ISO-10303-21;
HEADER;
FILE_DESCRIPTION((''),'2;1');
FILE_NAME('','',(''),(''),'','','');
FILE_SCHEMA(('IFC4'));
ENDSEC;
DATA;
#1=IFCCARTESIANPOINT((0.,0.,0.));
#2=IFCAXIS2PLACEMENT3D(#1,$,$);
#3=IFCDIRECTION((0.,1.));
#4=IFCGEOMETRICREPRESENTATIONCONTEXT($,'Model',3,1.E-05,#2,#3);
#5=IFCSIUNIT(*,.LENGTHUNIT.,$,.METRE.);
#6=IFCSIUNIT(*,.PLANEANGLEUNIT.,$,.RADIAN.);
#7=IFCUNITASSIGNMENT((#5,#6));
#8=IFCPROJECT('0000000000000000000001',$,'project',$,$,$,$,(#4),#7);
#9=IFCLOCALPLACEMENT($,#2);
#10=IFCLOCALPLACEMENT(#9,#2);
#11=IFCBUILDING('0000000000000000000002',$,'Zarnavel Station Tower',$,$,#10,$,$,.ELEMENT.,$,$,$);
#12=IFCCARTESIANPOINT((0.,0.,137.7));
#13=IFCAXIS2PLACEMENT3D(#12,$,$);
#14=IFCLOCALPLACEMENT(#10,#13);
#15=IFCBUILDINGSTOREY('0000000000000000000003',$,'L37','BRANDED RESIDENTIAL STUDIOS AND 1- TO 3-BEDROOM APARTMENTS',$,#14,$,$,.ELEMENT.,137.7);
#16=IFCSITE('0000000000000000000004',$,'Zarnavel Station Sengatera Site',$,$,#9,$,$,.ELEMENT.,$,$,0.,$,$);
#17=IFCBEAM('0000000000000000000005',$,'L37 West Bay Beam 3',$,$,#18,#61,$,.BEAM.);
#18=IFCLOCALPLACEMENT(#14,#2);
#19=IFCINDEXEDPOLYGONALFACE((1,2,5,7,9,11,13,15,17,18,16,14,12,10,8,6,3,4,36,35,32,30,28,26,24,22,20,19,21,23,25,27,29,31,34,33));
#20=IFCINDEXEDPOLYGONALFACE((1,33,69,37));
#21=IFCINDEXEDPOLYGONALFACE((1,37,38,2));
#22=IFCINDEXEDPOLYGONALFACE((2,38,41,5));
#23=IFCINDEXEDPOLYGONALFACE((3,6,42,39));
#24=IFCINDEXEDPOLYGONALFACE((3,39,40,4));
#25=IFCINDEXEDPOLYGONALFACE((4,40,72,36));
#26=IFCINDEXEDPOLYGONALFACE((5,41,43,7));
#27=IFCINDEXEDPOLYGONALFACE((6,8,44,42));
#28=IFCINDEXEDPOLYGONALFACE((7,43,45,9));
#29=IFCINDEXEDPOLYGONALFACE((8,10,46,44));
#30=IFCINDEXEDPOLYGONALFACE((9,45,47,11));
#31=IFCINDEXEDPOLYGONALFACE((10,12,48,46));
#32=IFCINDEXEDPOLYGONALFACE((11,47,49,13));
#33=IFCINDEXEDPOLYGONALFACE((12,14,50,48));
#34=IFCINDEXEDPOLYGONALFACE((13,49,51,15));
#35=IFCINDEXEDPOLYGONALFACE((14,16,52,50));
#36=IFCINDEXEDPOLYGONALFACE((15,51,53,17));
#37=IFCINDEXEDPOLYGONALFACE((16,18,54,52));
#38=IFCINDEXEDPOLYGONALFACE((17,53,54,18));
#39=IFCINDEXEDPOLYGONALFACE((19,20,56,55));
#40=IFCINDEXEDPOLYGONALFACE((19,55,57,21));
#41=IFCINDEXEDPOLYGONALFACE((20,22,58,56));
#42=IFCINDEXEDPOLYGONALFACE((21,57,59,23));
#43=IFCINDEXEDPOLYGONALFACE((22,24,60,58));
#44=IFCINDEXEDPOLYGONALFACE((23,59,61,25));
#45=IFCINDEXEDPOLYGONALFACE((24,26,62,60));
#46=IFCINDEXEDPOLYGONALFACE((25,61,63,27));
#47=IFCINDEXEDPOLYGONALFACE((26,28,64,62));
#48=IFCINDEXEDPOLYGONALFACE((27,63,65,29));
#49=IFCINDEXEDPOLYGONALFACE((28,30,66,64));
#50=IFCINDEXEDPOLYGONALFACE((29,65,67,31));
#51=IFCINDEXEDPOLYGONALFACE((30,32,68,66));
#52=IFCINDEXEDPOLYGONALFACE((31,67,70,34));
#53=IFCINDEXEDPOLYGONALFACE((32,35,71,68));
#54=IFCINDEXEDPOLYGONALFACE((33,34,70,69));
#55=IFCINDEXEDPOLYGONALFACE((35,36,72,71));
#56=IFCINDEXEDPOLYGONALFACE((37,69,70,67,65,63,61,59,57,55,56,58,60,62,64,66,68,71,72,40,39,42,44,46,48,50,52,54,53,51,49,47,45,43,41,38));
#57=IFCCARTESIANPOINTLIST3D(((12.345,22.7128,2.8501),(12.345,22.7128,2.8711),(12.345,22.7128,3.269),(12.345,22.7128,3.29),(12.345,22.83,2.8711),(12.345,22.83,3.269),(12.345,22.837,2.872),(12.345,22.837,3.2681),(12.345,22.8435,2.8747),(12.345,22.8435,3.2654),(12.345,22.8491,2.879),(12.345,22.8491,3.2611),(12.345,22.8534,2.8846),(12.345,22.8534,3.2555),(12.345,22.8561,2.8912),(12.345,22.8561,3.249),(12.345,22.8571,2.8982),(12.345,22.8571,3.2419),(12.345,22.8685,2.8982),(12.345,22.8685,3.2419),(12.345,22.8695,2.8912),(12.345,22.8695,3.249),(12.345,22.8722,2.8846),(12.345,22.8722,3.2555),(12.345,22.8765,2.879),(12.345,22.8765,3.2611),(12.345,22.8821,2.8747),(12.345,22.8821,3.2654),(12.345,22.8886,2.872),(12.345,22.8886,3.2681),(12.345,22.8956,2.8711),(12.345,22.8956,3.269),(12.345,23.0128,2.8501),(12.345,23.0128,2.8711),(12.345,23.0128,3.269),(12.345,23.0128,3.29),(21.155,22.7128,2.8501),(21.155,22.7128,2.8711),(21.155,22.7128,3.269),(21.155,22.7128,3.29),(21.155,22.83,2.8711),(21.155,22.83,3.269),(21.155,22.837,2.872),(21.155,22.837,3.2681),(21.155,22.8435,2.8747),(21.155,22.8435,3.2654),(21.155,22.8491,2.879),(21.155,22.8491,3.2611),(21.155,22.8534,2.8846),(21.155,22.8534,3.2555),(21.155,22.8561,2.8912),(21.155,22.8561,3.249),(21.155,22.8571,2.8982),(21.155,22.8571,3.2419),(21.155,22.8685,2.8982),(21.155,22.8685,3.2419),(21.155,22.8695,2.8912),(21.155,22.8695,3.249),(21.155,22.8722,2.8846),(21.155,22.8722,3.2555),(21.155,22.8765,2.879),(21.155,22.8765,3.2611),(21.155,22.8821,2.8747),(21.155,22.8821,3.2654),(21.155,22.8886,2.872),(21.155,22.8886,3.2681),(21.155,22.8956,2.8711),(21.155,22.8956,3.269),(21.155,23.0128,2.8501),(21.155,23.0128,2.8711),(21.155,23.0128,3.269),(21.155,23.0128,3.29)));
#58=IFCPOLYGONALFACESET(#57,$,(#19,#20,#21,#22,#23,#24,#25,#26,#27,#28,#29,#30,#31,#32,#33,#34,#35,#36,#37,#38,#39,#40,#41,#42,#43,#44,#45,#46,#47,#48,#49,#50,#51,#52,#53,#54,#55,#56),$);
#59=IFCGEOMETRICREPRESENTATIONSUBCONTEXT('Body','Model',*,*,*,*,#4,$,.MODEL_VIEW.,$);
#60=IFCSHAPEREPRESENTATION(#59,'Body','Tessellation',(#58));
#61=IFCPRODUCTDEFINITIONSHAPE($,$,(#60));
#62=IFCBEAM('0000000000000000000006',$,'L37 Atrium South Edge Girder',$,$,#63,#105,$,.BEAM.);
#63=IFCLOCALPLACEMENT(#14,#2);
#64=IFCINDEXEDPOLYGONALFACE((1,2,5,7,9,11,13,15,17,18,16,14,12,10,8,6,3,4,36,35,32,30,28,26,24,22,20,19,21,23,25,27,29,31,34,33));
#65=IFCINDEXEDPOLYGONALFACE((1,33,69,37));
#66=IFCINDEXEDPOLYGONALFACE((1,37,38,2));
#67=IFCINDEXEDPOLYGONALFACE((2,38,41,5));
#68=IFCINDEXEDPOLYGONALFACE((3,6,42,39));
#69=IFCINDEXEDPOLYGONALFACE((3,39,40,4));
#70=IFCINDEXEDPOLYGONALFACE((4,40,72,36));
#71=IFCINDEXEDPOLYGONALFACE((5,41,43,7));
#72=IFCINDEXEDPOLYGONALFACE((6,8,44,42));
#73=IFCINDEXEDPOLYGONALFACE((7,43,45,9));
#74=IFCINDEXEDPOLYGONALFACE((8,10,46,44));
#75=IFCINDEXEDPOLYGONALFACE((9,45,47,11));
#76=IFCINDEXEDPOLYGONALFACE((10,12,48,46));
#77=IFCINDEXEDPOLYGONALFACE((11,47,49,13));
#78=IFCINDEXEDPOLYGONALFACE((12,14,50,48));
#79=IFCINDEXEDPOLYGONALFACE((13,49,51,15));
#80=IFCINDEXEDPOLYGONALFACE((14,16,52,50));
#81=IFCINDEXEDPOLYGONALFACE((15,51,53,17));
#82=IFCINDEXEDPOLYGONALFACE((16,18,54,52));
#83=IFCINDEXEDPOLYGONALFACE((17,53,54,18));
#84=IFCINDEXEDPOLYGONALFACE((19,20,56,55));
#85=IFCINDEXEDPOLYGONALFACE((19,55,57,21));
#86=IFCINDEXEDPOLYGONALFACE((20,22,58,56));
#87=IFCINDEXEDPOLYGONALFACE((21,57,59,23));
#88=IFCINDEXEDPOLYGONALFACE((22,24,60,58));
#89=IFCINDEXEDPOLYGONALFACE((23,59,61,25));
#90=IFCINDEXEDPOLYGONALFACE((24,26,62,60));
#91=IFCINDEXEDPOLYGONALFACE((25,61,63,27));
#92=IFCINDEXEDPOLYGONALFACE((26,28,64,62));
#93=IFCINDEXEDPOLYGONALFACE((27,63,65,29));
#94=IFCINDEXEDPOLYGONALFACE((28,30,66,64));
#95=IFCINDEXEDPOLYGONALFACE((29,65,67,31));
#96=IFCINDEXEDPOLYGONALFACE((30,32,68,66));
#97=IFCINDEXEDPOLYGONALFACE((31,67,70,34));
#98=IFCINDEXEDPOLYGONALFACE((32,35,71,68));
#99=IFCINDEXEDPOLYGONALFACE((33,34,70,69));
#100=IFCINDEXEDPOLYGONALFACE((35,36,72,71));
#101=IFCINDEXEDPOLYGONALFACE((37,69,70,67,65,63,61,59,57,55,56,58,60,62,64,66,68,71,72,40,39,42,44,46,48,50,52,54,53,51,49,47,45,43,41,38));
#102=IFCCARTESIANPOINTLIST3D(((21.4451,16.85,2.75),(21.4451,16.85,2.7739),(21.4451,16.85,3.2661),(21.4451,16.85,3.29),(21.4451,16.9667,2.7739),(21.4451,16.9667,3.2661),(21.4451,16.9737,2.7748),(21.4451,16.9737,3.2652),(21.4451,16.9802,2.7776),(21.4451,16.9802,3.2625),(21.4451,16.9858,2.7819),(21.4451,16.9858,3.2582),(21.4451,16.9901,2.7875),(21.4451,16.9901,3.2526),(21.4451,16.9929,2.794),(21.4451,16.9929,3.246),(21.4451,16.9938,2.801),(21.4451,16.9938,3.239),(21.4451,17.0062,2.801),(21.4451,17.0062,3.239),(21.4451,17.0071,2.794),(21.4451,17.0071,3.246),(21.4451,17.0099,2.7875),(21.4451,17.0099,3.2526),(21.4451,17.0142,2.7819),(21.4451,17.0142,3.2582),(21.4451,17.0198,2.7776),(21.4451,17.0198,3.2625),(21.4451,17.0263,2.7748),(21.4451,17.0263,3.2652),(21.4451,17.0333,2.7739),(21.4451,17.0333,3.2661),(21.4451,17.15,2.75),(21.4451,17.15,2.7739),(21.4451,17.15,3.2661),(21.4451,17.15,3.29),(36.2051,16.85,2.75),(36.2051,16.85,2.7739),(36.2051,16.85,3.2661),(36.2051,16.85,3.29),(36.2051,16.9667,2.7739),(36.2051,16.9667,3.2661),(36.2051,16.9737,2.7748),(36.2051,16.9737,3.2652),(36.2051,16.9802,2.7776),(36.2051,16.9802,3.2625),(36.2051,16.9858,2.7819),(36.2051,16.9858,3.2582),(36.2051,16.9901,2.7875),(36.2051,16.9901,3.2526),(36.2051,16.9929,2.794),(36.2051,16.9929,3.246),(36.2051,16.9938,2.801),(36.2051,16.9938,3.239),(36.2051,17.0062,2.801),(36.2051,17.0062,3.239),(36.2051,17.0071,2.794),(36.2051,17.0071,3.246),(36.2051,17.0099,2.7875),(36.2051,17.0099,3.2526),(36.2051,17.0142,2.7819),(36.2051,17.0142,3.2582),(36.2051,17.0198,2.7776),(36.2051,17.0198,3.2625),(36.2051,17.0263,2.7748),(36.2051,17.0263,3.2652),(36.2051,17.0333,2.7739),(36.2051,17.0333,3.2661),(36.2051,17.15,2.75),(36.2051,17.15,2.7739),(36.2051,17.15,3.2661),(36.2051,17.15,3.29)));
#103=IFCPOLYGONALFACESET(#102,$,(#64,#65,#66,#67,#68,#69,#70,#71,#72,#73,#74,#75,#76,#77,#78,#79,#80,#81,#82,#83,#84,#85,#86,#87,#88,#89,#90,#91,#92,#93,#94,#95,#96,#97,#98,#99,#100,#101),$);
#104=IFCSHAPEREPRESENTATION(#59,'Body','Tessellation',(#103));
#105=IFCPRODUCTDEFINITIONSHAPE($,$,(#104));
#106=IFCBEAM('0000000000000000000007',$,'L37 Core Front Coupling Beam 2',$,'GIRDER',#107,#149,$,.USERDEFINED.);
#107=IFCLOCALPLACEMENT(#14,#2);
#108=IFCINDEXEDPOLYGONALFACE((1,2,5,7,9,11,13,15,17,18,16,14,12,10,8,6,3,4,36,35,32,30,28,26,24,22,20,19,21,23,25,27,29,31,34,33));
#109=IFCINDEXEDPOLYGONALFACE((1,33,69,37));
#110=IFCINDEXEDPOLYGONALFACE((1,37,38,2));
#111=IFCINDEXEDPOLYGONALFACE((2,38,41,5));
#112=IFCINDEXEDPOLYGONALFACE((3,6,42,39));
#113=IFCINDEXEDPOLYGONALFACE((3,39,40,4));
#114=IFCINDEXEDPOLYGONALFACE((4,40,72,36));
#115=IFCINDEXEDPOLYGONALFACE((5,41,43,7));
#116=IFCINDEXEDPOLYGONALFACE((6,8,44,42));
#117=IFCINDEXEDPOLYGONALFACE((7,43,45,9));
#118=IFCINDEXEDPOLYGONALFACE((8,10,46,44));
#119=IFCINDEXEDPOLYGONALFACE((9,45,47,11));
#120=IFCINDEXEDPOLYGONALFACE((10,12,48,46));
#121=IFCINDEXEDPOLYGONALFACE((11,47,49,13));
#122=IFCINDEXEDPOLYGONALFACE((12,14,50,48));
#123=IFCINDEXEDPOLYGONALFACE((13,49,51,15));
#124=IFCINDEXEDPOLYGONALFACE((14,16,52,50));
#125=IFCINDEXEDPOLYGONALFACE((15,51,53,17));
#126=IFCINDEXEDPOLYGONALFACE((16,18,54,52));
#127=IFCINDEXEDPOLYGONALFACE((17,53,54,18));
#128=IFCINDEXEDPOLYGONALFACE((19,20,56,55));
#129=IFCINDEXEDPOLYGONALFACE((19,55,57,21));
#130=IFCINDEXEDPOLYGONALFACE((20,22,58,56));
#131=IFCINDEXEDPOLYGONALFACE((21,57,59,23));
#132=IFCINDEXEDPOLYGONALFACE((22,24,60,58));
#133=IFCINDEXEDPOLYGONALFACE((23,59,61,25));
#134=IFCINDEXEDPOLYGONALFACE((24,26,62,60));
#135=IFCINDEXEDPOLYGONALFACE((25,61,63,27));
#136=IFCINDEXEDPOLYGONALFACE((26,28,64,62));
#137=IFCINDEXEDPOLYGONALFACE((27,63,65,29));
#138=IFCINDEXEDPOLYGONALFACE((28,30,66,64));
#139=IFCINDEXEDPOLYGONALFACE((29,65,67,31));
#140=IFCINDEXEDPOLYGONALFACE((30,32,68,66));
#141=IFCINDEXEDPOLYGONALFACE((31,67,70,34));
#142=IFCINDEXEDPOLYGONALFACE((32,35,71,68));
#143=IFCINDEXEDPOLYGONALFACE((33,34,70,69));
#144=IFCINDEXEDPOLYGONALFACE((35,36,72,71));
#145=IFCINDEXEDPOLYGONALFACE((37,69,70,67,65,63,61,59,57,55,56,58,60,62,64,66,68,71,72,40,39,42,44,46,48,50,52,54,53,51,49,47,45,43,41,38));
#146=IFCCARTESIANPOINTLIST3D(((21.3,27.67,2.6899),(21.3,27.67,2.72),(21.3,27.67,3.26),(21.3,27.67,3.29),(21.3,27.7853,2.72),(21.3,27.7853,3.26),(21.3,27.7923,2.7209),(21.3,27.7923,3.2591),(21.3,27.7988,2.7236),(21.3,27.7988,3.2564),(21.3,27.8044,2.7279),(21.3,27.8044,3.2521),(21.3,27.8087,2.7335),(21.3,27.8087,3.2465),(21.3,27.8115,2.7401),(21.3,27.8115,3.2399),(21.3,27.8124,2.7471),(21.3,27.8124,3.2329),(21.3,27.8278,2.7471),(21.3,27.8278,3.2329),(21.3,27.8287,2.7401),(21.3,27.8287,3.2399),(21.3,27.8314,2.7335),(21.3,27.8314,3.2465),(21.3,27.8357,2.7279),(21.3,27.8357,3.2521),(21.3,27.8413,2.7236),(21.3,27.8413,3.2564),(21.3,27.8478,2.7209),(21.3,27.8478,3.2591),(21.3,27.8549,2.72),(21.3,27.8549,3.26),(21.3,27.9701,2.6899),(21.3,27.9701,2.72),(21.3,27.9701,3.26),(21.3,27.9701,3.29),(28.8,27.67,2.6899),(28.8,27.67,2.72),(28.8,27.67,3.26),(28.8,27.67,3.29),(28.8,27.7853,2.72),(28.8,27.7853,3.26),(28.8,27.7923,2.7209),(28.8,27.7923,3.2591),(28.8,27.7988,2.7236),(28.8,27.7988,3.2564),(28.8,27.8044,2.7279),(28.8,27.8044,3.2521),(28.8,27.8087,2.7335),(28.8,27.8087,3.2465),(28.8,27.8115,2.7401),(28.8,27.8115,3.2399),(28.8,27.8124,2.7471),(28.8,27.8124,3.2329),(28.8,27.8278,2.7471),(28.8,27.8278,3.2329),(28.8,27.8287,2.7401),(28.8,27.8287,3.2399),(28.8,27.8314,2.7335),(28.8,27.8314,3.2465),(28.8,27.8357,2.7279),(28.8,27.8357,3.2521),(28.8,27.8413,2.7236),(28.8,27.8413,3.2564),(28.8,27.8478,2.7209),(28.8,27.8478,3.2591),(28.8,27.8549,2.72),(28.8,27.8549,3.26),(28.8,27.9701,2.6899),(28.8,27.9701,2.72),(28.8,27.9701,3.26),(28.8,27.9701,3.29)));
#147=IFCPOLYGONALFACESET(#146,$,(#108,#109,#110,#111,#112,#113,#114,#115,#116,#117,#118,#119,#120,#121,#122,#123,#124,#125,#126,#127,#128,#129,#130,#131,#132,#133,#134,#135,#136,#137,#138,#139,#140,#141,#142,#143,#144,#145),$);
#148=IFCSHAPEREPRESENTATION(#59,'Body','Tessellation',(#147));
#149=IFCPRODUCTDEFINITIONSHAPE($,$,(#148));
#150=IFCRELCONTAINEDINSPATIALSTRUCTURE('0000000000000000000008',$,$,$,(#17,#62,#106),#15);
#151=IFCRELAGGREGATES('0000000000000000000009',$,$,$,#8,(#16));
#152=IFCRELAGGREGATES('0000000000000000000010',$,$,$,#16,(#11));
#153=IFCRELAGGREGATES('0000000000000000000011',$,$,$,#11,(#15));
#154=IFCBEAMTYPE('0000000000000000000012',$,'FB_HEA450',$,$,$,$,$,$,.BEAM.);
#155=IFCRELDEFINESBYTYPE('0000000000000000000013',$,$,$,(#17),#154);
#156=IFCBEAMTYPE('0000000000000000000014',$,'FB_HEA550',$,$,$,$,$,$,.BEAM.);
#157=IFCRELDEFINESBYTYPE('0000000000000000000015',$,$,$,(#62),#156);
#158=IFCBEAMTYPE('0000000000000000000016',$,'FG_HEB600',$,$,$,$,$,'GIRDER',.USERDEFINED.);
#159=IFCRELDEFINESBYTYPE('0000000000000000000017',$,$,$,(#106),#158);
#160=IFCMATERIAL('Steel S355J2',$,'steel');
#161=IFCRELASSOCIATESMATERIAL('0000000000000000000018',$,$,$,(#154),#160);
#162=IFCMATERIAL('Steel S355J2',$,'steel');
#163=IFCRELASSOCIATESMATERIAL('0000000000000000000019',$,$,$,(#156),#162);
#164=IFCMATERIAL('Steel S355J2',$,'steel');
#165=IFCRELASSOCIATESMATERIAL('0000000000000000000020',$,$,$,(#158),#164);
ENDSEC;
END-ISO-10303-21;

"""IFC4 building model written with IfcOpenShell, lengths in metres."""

from ifc_helpers import new_model, si_unit, direction, frame, origin, origin_2d, place, context, subcontext, project, spatial, i_section, extrude, material, material_profile, profile_set, type_object, element, save


model = new_model("IFC4")

# Units and contexts
model_context = context("Model", 3, precision=1e-05, world=origin(), true_north=direction((0.0, 1.0)))
body_context = subcontext(model_context, "Body", "Model", "MODEL_VIEW")
ifc_project = project(units=[si_unit("LENGTHUNIT", "METRE"), si_unit("PLANEANGLEUNIT", "RADIAN")], contexts=[model_context])

# Site, building, storey
site_placement = place(None, origin())
site = spatial("IfcSite", under=ifc_project, at=site_placement, Name="Zarnavel Station Sengatera Site", CompositionType="ELEMENT", RefElevation=0.0)
building_placement = place(site_placement, origin())
building = spatial("IfcBuilding", under=site, at=building_placement, Name="Zarnavel Station Tower", CompositionType="ELEMENT")
storey_placement = place(building_placement, frame((0.0, 0.0, 137.7)))
storey = spatial("IfcBuildingStorey", under=building, at=storey_placement, Name="L37", Description="BRANDED RESIDENTIAL STUDIOS AND 1- TO 3-BEDROOM APARTMENTS", CompositionType="ELEMENT", Elevation=137.7)

# Beams
ifc_material_1 = material(Name="Steel S355J2", Category="steel")
ifc_material_profile_1 = material_profile(ifc_material_1, i_section(OverallWidth=0.3, OverallDepth=0.4399, WebThickness=0.0115, FlangeThickness=0.021, FilletRadius=0.0271, at=origin_2d()), Name="HEA450")
ifc_profile_set_1 = profile_set([ifc_material_profile_1], Name="Steel S355J2")
beam_type_1 = type_object("IfcBeamType", Name="FB_HEA450", PredefinedType="BEAM", material=ifc_profile_set_1)
beam_1_placement = place(storey_placement, frame((12.345, 22.8628, 3.0701), z_axis=(1.0, 0.0, 0.0), x_axis=(0.0, 1.0, 0.0)))
element("IfcBeam", 1, at=beam_1_placement, inside=storey, type_object=beam_type_1, Name="L37 West Bay Beam 3", PredefinedType="BEAM", context=body_context, shape_type="SweptSolid", body=[
    extrude(i_section(OverallWidth=0.3, OverallDepth=0.4399, WebThickness=0.0115, FlangeThickness=0.021, FilletRadius=0.0271, at=origin_2d()), origin(), (0.0, 0.0, 1.0), 8.8101),
])
ifc_material_2 = material(Name="Steel S355J2", Category="steel")
ifc_material_profile_2 = material_profile(ifc_material_2, i_section(OverallWidth=0.3, OverallDepth=0.54, WebThickness=0.0125, FlangeThickness=0.0239, FilletRadius=0.0271, at=origin_2d()), Name="HEA550")
ifc_profile_set_2 = profile_set([ifc_material_profile_2], Name="Steel S355J2")
beam_type_2 = type_object("IfcBeamType", Name="FB_HEA550", PredefinedType="BEAM", material=ifc_profile_set_2)
beam_2_placement = place(storey_placement, frame((21.4451, 17.0, 3.02), z_axis=(1.0, 0.0, 0.0), x_axis=(0.0, 1.0, 0.0)))
element("IfcBeam", 2, at=beam_2_placement, inside=storey, type_object=beam_type_2, Name="L37 Atrium South Edge Girder", PredefinedType="BEAM", context=body_context, shape_type="SweptSolid", body=[
    extrude(i_section(OverallWidth=0.3, OverallDepth=0.54, WebThickness=0.0125, FlangeThickness=0.0239, FilletRadius=0.0271, at=origin_2d()), origin(), (0.0, 0.0, 1.0), 14.76),
])
ifc_material_3 = material(Name="Steel S355J2", Category="steel")
ifc_material_profile_3 = material_profile(ifc_material_3, i_section(OverallWidth=0.3, OverallDepth=0.6001, WebThickness=0.0154, FlangeThickness=0.03, FilletRadius=0.0271, at=origin_2d()), Name="HEB600")
ifc_profile_set_3 = profile_set([ifc_material_profile_3], Name="Steel S355J2")
beam_type_3 = type_object("IfcBeamType", Name="FG_HEB600", ElementType="GIRDER", PredefinedType="USERDEFINED", material=ifc_profile_set_3)
beam_3_placement = place(storey_placement, frame((21.3, 27.8201, 2.99), z_axis=(1.0, 0.0, 0.0), x_axis=(0.0, 1.0, 0.0)))
element("IfcBeam", 3, at=beam_3_placement, inside=storey, type_object=beam_type_3, Name="L37 Core Front Coupling Beam 2", ObjectType="GIRDER", PredefinedType="USERDEFINED", context=body_context, shape_type="SweptSolid", body=[
    extrude(i_section(OverallWidth=0.3, OverallDepth=0.6001, WebThickness=0.0154, FlangeThickness=0.03, FilletRadius=0.0271, at=origin_2d()), origin(), (0.0, 0.0, 1.0), 7.5),
])

save(model, "model.ifc")
